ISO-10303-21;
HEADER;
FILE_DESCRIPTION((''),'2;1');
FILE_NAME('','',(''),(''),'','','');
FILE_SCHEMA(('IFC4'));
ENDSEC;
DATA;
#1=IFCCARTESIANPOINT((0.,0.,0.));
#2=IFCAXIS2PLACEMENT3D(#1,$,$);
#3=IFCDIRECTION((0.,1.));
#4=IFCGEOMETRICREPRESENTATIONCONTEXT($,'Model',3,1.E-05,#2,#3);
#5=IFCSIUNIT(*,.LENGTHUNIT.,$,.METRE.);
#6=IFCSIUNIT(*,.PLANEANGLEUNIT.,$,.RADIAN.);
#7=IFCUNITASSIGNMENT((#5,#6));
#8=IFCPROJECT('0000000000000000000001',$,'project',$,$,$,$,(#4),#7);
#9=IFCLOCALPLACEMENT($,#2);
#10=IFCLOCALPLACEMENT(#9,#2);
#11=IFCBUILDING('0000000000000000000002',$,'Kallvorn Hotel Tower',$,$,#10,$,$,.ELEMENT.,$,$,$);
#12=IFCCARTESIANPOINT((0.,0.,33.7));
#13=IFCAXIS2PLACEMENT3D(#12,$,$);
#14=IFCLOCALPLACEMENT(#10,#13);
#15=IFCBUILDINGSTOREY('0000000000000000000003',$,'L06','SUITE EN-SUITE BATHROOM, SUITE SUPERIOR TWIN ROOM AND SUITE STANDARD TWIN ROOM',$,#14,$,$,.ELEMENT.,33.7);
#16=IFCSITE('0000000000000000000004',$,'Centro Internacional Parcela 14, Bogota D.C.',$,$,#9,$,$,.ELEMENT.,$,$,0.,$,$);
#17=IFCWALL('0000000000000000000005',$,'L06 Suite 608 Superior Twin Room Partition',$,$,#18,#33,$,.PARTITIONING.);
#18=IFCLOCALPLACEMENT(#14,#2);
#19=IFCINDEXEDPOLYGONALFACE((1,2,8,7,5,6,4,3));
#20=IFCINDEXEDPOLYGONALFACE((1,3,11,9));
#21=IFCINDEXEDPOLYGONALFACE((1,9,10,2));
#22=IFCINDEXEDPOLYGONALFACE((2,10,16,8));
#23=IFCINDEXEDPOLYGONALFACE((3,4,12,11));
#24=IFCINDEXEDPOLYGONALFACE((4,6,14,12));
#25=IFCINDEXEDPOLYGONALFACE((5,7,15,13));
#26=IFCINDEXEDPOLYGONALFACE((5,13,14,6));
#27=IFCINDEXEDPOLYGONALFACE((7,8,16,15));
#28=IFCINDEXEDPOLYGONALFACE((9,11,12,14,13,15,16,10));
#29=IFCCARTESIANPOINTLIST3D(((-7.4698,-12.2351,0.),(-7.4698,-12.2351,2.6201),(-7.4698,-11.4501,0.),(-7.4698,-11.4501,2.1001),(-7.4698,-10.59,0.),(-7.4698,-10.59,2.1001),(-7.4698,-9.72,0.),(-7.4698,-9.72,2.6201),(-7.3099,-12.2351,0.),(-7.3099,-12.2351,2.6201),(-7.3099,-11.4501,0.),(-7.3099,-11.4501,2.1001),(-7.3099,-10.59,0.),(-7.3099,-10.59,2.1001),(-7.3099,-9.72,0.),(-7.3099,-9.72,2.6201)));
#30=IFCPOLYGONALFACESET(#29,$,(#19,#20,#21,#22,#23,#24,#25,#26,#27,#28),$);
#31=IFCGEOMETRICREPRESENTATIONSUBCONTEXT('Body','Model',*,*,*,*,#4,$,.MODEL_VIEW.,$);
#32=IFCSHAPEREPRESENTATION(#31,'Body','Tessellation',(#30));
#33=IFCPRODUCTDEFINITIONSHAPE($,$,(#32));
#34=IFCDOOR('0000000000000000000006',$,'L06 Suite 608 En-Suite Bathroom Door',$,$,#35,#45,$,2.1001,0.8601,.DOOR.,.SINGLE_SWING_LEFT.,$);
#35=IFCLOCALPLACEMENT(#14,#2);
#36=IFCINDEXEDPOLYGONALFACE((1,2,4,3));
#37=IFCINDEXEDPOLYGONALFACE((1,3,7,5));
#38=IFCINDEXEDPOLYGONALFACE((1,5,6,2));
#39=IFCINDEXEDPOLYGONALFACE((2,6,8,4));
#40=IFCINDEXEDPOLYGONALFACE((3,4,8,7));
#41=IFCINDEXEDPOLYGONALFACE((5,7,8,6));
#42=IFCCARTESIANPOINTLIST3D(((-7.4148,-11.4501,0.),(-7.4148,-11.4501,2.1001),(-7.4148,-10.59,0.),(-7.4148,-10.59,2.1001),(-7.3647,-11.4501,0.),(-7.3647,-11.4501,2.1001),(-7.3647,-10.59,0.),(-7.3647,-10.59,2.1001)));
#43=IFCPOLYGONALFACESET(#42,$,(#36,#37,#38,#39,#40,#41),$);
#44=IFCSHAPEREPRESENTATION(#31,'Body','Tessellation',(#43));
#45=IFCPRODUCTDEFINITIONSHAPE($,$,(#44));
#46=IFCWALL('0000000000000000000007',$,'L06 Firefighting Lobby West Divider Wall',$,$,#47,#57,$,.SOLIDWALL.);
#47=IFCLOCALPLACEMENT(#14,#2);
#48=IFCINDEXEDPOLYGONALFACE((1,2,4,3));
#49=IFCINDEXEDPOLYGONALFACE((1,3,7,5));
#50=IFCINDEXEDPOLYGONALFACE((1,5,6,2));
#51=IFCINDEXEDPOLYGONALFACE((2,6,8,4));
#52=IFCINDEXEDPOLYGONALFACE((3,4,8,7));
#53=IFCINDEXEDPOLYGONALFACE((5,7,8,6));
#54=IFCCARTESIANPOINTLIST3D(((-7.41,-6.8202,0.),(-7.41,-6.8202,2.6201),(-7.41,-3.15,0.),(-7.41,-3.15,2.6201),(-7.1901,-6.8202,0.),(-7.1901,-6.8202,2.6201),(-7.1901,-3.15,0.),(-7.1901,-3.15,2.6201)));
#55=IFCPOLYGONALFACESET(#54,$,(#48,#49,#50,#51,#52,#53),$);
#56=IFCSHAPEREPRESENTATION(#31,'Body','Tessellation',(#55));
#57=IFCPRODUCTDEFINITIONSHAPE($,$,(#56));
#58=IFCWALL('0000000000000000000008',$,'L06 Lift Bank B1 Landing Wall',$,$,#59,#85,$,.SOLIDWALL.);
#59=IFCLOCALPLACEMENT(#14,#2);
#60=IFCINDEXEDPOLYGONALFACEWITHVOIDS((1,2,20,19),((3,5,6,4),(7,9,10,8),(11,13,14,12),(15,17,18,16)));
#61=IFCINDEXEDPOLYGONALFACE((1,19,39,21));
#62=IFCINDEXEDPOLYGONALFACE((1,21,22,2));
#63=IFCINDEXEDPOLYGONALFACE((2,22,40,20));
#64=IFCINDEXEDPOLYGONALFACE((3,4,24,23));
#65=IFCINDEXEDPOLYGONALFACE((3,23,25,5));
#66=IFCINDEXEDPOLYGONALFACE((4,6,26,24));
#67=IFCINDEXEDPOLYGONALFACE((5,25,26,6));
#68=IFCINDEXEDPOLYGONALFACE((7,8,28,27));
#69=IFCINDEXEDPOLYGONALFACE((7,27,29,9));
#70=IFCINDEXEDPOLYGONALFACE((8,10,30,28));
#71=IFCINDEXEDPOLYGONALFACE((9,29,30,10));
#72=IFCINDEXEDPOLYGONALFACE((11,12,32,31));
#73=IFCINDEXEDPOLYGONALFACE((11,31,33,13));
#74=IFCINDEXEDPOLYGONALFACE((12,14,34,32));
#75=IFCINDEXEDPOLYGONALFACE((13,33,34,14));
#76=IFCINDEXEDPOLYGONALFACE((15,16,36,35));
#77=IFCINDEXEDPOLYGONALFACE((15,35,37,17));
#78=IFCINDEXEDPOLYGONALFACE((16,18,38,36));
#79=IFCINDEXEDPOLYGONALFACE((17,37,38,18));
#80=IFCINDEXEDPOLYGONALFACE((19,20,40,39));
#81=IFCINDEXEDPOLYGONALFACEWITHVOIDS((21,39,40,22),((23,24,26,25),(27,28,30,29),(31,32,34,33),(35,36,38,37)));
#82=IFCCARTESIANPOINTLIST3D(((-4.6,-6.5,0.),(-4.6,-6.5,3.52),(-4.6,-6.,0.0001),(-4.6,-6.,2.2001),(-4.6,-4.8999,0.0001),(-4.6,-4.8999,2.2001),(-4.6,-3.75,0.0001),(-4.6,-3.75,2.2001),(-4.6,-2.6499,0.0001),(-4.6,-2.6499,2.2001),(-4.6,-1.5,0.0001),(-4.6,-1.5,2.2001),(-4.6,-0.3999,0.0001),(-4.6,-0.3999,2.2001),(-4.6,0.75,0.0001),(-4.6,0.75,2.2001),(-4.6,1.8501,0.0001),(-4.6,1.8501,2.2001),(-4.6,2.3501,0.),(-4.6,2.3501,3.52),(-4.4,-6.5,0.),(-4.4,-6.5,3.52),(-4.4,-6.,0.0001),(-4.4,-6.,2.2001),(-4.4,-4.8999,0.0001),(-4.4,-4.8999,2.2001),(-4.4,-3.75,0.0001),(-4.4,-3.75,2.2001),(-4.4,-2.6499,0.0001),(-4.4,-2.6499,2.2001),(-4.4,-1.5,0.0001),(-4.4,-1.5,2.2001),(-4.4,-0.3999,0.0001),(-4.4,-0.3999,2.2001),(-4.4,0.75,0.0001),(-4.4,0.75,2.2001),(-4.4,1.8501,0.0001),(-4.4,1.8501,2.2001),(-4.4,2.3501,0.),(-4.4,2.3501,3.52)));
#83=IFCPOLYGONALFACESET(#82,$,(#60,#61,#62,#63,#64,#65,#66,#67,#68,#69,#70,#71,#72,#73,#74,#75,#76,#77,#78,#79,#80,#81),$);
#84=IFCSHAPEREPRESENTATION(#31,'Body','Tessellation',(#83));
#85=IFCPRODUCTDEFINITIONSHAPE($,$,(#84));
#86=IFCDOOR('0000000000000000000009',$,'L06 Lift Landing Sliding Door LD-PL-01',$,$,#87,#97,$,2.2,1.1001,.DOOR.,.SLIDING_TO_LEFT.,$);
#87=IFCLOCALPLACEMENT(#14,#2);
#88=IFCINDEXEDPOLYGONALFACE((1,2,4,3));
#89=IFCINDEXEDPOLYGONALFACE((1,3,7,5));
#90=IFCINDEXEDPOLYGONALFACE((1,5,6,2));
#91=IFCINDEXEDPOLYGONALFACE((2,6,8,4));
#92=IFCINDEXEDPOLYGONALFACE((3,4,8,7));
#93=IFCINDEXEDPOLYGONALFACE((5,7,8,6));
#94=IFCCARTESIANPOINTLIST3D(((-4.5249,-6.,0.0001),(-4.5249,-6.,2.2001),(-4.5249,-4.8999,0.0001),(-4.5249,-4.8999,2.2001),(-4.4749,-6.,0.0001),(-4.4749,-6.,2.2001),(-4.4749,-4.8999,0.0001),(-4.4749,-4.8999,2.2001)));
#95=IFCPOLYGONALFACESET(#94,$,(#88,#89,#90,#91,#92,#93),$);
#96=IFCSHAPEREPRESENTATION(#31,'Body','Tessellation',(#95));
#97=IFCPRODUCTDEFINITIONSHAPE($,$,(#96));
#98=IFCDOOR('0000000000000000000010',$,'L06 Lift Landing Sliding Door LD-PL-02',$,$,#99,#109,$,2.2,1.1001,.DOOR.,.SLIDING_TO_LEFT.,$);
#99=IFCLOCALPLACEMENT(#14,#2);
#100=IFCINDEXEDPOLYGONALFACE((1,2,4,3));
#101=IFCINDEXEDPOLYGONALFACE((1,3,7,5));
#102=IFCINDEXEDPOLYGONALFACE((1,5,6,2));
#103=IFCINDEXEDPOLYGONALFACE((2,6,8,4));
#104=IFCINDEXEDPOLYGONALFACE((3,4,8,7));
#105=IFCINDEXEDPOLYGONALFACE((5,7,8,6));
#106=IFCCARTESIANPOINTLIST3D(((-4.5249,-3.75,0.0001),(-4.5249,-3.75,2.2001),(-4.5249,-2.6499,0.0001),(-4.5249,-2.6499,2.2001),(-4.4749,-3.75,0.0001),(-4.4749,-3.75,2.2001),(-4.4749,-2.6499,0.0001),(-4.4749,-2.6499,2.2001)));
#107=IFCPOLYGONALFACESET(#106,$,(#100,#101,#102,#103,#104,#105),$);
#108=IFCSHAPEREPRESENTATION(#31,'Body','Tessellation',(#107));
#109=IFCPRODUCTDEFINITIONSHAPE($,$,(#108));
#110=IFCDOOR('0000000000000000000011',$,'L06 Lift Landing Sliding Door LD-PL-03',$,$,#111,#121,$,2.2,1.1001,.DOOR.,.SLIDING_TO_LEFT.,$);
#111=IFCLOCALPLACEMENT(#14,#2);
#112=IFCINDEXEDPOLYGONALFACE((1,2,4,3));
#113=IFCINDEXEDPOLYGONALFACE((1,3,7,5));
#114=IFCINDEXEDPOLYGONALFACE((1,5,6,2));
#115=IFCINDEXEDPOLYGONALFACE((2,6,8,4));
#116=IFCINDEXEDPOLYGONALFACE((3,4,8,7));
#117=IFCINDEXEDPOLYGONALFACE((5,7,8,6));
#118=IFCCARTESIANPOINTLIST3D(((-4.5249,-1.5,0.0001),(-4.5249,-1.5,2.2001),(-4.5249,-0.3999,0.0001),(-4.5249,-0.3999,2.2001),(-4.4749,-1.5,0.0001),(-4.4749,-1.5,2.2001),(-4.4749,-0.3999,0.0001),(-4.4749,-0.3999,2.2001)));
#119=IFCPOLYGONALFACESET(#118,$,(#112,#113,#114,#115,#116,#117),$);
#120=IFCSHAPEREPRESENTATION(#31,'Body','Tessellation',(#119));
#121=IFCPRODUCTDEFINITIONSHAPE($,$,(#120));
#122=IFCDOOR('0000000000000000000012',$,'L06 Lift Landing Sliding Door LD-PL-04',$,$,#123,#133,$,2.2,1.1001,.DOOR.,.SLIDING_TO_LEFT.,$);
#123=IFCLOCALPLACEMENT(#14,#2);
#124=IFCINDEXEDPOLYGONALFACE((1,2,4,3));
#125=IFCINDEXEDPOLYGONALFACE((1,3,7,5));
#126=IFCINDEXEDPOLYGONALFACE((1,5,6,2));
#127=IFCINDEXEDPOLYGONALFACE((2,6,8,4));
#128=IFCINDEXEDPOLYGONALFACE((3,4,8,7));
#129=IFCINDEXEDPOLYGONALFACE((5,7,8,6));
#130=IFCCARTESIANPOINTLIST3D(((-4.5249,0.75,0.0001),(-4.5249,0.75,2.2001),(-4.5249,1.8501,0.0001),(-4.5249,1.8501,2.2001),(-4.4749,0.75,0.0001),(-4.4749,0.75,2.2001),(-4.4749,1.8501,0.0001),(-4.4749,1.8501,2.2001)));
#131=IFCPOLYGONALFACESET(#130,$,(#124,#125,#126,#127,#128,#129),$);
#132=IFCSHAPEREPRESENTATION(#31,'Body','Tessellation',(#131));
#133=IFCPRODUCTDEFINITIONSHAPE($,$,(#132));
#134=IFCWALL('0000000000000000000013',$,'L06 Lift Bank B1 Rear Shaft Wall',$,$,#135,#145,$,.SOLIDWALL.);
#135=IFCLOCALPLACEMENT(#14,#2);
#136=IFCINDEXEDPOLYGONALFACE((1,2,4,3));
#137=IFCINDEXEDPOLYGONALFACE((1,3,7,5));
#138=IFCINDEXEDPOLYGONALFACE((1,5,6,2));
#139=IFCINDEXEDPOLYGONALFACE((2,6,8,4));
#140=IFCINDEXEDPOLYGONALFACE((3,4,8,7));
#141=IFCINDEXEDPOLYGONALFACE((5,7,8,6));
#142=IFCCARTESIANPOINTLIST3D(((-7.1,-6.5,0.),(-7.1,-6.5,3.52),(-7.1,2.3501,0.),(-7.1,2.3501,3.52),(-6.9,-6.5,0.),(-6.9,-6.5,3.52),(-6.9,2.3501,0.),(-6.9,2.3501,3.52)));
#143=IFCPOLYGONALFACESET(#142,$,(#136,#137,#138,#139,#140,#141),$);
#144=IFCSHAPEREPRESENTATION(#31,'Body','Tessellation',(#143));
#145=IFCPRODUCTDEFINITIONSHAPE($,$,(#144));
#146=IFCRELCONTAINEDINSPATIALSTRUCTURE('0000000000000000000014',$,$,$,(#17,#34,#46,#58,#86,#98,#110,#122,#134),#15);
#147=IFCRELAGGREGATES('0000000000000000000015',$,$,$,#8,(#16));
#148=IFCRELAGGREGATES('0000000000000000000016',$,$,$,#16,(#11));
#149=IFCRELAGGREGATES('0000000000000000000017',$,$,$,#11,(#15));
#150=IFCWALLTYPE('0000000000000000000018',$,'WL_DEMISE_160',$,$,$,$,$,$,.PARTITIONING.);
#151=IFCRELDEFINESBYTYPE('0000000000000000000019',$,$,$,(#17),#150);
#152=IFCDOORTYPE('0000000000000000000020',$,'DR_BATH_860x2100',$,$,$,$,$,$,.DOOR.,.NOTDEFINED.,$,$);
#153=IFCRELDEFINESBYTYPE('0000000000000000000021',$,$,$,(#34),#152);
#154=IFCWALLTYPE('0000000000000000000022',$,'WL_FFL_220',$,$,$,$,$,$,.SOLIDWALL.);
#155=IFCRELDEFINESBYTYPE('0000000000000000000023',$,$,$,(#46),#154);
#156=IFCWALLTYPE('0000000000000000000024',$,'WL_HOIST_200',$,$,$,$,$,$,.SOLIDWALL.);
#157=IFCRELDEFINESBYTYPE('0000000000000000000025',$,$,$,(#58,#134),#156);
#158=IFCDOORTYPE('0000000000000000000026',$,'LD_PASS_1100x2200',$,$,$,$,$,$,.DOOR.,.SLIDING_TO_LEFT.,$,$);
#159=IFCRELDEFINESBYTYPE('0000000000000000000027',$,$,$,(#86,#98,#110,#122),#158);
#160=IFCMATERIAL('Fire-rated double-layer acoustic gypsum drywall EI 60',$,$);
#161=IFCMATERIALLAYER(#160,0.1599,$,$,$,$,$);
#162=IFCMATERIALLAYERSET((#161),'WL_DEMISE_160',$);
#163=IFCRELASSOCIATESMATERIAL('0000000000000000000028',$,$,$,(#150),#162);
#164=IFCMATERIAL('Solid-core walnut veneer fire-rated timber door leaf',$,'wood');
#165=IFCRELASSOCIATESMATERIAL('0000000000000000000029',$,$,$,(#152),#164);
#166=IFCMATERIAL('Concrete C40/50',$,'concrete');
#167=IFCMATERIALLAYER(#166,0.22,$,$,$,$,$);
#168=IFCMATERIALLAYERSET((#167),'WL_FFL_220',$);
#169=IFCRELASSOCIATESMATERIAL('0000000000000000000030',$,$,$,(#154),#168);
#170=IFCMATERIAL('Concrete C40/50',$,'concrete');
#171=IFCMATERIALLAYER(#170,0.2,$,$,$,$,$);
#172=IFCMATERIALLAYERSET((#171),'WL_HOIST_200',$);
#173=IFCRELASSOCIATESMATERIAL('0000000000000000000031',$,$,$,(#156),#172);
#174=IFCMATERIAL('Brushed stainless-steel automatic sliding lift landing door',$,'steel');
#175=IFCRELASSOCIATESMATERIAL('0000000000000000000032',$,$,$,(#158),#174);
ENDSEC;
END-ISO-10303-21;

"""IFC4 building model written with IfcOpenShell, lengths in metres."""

from ifc_helpers import new_model, si_unit, direction, frame, frame_2d, origin, place, context, subcontext, project, spatial, rectangle, extrude, material, layer, layer_set, type_object, element, fill, save


model = new_model("IFC4")

# Units and contexts
model_context = context("Model", 3, precision=1e-05, world=origin(), true_north=direction((0.0, 1.0)))
body_context = subcontext(model_context, "Body", "Model", "MODEL_VIEW")
ifc_project = project(units=[si_unit("LENGTHUNIT", "METRE"), si_unit("PLANEANGLEUNIT", "RADIAN")], contexts=[model_context])

# Site, building, storey
site_placement = place(None, origin())
site = spatial("IfcSite", under=ifc_project, at=site_placement, Name="Centro Internacional Parcela 14, Bogota D.C.", CompositionType="ELEMENT", RefElevation=0.0)
building_placement = place(site_placement, origin())
building = spatial("IfcBuilding", under=site, at=building_placement, Name="Kallvorn Hotel Tower", CompositionType="ELEMENT")
storey_placement = place(building_placement, frame((0.0, 0.0, 33.7)))
storey = spatial("IfcBuildingStorey", under=building, at=storey_placement, Name="L06", Description="SUITE EN-SUITE BATHROOM, SUITE SUPERIOR TWIN ROOM AND SUITE STANDARD TWIN ROOM", CompositionType="ELEMENT", Elevation=33.7)

# Wall, opening, door
ifc_material_1 = material(Name="Fire-rated double-layer acoustic gypsum drywall EI 60")
ifc_layer_1 = layer(ifc_material_1, 0.1599)
ifc_layer_set_1 = layer_set([ifc_layer_1], Name="WL_DEMISE_160")
wall_type_1 = type_object("IfcWallType", Name="WL_DEMISE_160", PredefinedType="PARTITIONING", material=ifc_layer_set_1)
wall_1_placement = place(storey_placement, frame((-7.3899, -12.2351, 0.0), z_axis=(0.0, 0.0, 1.0), x_axis=(0.0, 1.0, 0.0)))
wall_1 = element("IfcWall", 1, at=wall_1_placement, inside=storey, type_object=wall_type_1, Name="L06 Suite 608 Superior Twin Room Partition", PredefinedType="PARTITIONING", context=body_context, shape_type="SweptSolid", body=[
    extrude(rectangle(XDim=2.5151, YDim=0.1599, at=frame_2d((1.2576, 0.0))), origin(), (0.0, 0.0, 1.0), 2.6201),
])
opening_1_placement = place(wall_1_placement, frame((0.7849, 0.0, 0.0)))
opening_1 = element("IfcOpeningElement", 2, at=opening_1_placement, cuts=wall_1, PredefinedType="OPENING", context=body_context, shape_type="SweptSolid", body=[
    extrude(rectangle(XDim=0.8601, YDim=2.1001, at=frame_2d((0.4302, 1.05))), frame((0.0, 0.095, 0.0), z_axis=(0.0, -1.0, 0.0), x_axis=(1.0, 0.0, 0.0)), (0.0, 0.0, 1.0), 0.1899),
])
ifc_material_2 = material(Name="Solid-core walnut veneer fire-rated timber door leaf", Category="wood")
door_type_1 = type_object("IfcDoorType", Name="DR_BATH_860x2100", OperationType="NOTDEFINED", PredefinedType="DOOR", material=ifc_material_2)
door_1_placement = place(opening_1_placement, origin())
door_1 = element("IfcDoor", 3, at=door_1_placement, inside=storey, type_object=door_type_1, Name="L06 Suite 608 En-Suite Bathroom Door", OperationType="SINGLE_SWING_LEFT", OverallHeight=2.1001, OverallWidth=0.8601, PredefinedType="DOOR", context=body_context, shape_type="SweptSolid", body=[
    extrude(rectangle(XDim=0.8601, YDim=2.1001, at=frame_2d((0.4302, 1.05))), frame((0.0, 0.0249, 0.0), z_axis=(0.0, -1.0, 0.0), x_axis=(1.0, 0.0, 0.0)), (0.0, 0.0, 1.0), 0.05),
])
fill(opening_1, door_1)

# Wall
ifc_material_3 = material(Name="Concrete C40/50", Category="concrete")
ifc_layer_2 = layer(ifc_material_3, 0.22)
ifc_layer_set_2 = layer_set([ifc_layer_2], Name="WL_FFL_220")
wall_type_2 = type_object("IfcWallType", Name="WL_FFL_220", PredefinedType="SOLIDWALL", material=ifc_layer_set_2)
wall_2_placement = place(storey_placement, frame((-7.3, -6.8201, 0.0), z_axis=(0.0, 0.0, 1.0), x_axis=(0.0, 1.0, 0.0)))
element("IfcWall", 4, at=wall_2_placement, inside=storey, type_object=wall_type_2, Name="L06 Firefighting Lobby West Divider Wall", PredefinedType="SOLIDWALL", context=body_context, shape_type="SweptSolid", body=[
    extrude(rectangle(XDim=3.6702, YDim=0.22, at=frame_2d((1.835, 0.0))), origin(), (0.0, 0.0, 1.0), 2.6201),
])

# Wall, openings, doors
ifc_material_4 = material(Name="Concrete C40/50", Category="concrete")
ifc_layer_3 = layer(ifc_material_4, 0.2)
ifc_layer_set_3 = layer_set([ifc_layer_3], Name="WL_HOIST_200")
wall_type_3 = type_object("IfcWallType", Name="WL_HOIST_200", PredefinedType="SOLIDWALL", material=ifc_layer_set_3)
wall_3_placement = place(storey_placement, frame((-4.5, -6.5, 0.0), z_axis=(0.0, 0.0, 1.0), x_axis=(0.0, 1.0, 0.0)))
wall_3 = element("IfcWall", 5, at=wall_3_placement, inside=storey, type_object=wall_type_3, Name="L06 Lift Bank B1 Landing Wall", PredefinedType="SOLIDWALL", context=body_context, shape_type="SweptSolid", body=[
    extrude(rectangle(XDim=8.8501, YDim=0.2, at=frame_2d((4.425, 0.0))), origin(), (0.0, 0.0, 1.0), 3.52),
])
opening_2_placement = place(wall_3_placement, frame((0.5, 0.0, 0.0)))
opening_2 = element("IfcOpeningElement", 6, at=opening_2_placement, cuts=wall_3, PredefinedType="OPENING", context=body_context, shape_type="SweptSolid", body=[
    extrude(rectangle(XDim=1.1001, YDim=2.2, at=frame_2d((0.55, 1.1001))), frame((0.0, 0.115, 0.0), z_axis=(0.0, -1.0, 0.0), x_axis=(1.0, 0.0, 0.0)), (0.0, 0.0, 1.0), 0.23),
])
opening_3_placement = place(wall_3_placement, frame((2.75, 0.0, 0.0)))
opening_3 = element("IfcOpeningElement", 7, at=opening_3_placement, cuts=wall_3, PredefinedType="OPENING", context=body_context, shape_type="SweptSolid", body=[
    extrude(rectangle(XDim=1.1001, YDim=2.2, at=frame_2d((0.55, 1.1001))), frame((0.0, 0.115, 0.0), z_axis=(0.0, -1.0, 0.0), x_axis=(1.0, 0.0, 0.0)), (0.0, 0.0, 1.0), 0.23),
])
opening_4_placement = place(wall_3_placement, frame((5.0, 0.0, 0.0)))
opening_4 = element("IfcOpeningElement", 8, at=opening_4_placement, cuts=wall_3, PredefinedType="OPENING", context=body_context, shape_type="SweptSolid", body=[
    extrude(rectangle(XDim=1.1001, YDim=2.2, at=frame_2d((0.55, 1.1001))), frame((0.0, 0.115, 0.0), z_axis=(0.0, -1.0, 0.0), x_axis=(1.0, 0.0, 0.0)), (0.0, 0.0, 1.0), 0.23),
])
opening_5_placement = place(wall_3_placement, frame((7.25, 0.0, 0.0)))
opening_5 = element("IfcOpeningElement", 9, at=opening_5_placement, cuts=wall_3, PredefinedType="OPENING", context=body_context, shape_type="SweptSolid", body=[
    extrude(rectangle(XDim=1.1001, YDim=2.2, at=frame_2d((0.55, 1.1001))), frame((0.0, 0.115, 0.0), z_axis=(0.0, -1.0, 0.0), x_axis=(1.0, 0.0, 0.0)), (0.0, 0.0, 1.0), 0.23),
])
ifc_material_5 = material(Name="Brushed stainless-steel automatic sliding lift landing door", Category="steel")
door_type_2 = type_object("IfcDoorType", Name="LD_PASS_1100x2200", OperationType="SLIDING_TO_LEFT", PredefinedType="DOOR", material=ifc_material_5)
door_2_placement = place(opening_2_placement, origin())
door_2 = element("IfcDoor", 10, at=door_2_placement, inside=storey, type_object=door_type_2, Name="L06 Lift Landing Sliding Door LD-PL-01", OperationType="SLIDING_TO_LEFT", OverallHeight=2.2, OverallWidth=1.1001, PredefinedType="DOOR", context=body_context, shape_type="SweptSolid", body=[
    extrude(rectangle(XDim=1.1001, YDim=2.2, at=frame_2d((0.55, 1.1001))), frame((0.0, 0.0249, 0.0), z_axis=(0.0, -1.0, 0.0), x_axis=(1.0, 0.0, 0.0)), (0.0, 0.0, 1.0), 0.05),
])
fill(opening_2, door_2)
door_3_placement = place(opening_3_placement, origin())
door_3 = element("IfcDoor", 11, at=door_3_placement, inside=storey, type_object=door_type_2, Name="L06 Lift Landing Sliding Door LD-PL-02", OperationType="SLIDING_TO_LEFT", OverallHeight=2.2, OverallWidth=1.1001, PredefinedType="DOOR", context=body_context, shape_type="SweptSolid", body=[
    extrude(rectangle(XDim=1.1001, YDim=2.2, at=frame_2d((0.55, 1.1001))), frame((0.0, 0.0249, 0.0), z_axis=(0.0, -1.0, 0.0), x_axis=(1.0, 0.0, 0.0)), (0.0, 0.0, 1.0), 0.05),
])
fill(opening_3, door_3)
door_4_placement = place(opening_4_placement, origin())
door_4 = element("IfcDoor", 12, at=door_4_placement, inside=storey, type_object=door_type_2, Name="L06 Lift Landing Sliding Door LD-PL-03", OperationType="SLIDING_TO_LEFT", OverallHeight=2.2, OverallWidth=1.1001, PredefinedType="DOOR", context=body_context, shape_type="SweptSolid", body=[
    extrude(rectangle(XDim=1.1001, YDim=2.2, at=frame_2d((0.55, 1.1001))), frame((0.0, 0.0249, 0.0), z_axis=(0.0, -1.0, 0.0), x_axis=(1.0, 0.0, 0.0)), (0.0, 0.0, 1.0), 0.05),
])
fill(opening_4, door_4)
door_5_placement = place(opening_5_placement, origin())
door_5 = element("IfcDoor", 13, at=door_5_placement, inside=storey, type_object=door_type_2, Name="L06 Lift Landing Sliding Door LD-PL-04", OperationType="SLIDING_TO_LEFT", OverallHeight=2.2, OverallWidth=1.1001, PredefinedType="DOOR", context=body_context, shape_type="SweptSolid", body=[
    extrude(rectangle(XDim=1.1001, YDim=2.2, at=frame_2d((0.55, 1.1001))), frame((0.0, 0.0249, 0.0), z_axis=(0.0, -1.0, 0.0), x_axis=(1.0, 0.0, 0.0)), (0.0, 0.0, 1.0), 0.05),
])
fill(opening_5, door_5)

# Wall
wall_4_placement = place(storey_placement, frame((-7.0, -6.5, 0.0), z_axis=(0.0, 0.0, 1.0), x_axis=(0.0, 1.0, 0.0)))
element("IfcWall", 14, at=wall_4_placement, inside=storey, type_object=wall_type_3, Name="L06 Lift Bank B1 Rear Shaft Wall", PredefinedType="SOLIDWALL", context=body_context, shape_type="SweptSolid", body=[
    extrude(rectangle(XDim=8.8501, YDim=0.2, at=frame_2d((4.425, 0.0))), origin(), (0.0, 0.0, 1.0), 3.52),
])

save(model, "model.ifc")
